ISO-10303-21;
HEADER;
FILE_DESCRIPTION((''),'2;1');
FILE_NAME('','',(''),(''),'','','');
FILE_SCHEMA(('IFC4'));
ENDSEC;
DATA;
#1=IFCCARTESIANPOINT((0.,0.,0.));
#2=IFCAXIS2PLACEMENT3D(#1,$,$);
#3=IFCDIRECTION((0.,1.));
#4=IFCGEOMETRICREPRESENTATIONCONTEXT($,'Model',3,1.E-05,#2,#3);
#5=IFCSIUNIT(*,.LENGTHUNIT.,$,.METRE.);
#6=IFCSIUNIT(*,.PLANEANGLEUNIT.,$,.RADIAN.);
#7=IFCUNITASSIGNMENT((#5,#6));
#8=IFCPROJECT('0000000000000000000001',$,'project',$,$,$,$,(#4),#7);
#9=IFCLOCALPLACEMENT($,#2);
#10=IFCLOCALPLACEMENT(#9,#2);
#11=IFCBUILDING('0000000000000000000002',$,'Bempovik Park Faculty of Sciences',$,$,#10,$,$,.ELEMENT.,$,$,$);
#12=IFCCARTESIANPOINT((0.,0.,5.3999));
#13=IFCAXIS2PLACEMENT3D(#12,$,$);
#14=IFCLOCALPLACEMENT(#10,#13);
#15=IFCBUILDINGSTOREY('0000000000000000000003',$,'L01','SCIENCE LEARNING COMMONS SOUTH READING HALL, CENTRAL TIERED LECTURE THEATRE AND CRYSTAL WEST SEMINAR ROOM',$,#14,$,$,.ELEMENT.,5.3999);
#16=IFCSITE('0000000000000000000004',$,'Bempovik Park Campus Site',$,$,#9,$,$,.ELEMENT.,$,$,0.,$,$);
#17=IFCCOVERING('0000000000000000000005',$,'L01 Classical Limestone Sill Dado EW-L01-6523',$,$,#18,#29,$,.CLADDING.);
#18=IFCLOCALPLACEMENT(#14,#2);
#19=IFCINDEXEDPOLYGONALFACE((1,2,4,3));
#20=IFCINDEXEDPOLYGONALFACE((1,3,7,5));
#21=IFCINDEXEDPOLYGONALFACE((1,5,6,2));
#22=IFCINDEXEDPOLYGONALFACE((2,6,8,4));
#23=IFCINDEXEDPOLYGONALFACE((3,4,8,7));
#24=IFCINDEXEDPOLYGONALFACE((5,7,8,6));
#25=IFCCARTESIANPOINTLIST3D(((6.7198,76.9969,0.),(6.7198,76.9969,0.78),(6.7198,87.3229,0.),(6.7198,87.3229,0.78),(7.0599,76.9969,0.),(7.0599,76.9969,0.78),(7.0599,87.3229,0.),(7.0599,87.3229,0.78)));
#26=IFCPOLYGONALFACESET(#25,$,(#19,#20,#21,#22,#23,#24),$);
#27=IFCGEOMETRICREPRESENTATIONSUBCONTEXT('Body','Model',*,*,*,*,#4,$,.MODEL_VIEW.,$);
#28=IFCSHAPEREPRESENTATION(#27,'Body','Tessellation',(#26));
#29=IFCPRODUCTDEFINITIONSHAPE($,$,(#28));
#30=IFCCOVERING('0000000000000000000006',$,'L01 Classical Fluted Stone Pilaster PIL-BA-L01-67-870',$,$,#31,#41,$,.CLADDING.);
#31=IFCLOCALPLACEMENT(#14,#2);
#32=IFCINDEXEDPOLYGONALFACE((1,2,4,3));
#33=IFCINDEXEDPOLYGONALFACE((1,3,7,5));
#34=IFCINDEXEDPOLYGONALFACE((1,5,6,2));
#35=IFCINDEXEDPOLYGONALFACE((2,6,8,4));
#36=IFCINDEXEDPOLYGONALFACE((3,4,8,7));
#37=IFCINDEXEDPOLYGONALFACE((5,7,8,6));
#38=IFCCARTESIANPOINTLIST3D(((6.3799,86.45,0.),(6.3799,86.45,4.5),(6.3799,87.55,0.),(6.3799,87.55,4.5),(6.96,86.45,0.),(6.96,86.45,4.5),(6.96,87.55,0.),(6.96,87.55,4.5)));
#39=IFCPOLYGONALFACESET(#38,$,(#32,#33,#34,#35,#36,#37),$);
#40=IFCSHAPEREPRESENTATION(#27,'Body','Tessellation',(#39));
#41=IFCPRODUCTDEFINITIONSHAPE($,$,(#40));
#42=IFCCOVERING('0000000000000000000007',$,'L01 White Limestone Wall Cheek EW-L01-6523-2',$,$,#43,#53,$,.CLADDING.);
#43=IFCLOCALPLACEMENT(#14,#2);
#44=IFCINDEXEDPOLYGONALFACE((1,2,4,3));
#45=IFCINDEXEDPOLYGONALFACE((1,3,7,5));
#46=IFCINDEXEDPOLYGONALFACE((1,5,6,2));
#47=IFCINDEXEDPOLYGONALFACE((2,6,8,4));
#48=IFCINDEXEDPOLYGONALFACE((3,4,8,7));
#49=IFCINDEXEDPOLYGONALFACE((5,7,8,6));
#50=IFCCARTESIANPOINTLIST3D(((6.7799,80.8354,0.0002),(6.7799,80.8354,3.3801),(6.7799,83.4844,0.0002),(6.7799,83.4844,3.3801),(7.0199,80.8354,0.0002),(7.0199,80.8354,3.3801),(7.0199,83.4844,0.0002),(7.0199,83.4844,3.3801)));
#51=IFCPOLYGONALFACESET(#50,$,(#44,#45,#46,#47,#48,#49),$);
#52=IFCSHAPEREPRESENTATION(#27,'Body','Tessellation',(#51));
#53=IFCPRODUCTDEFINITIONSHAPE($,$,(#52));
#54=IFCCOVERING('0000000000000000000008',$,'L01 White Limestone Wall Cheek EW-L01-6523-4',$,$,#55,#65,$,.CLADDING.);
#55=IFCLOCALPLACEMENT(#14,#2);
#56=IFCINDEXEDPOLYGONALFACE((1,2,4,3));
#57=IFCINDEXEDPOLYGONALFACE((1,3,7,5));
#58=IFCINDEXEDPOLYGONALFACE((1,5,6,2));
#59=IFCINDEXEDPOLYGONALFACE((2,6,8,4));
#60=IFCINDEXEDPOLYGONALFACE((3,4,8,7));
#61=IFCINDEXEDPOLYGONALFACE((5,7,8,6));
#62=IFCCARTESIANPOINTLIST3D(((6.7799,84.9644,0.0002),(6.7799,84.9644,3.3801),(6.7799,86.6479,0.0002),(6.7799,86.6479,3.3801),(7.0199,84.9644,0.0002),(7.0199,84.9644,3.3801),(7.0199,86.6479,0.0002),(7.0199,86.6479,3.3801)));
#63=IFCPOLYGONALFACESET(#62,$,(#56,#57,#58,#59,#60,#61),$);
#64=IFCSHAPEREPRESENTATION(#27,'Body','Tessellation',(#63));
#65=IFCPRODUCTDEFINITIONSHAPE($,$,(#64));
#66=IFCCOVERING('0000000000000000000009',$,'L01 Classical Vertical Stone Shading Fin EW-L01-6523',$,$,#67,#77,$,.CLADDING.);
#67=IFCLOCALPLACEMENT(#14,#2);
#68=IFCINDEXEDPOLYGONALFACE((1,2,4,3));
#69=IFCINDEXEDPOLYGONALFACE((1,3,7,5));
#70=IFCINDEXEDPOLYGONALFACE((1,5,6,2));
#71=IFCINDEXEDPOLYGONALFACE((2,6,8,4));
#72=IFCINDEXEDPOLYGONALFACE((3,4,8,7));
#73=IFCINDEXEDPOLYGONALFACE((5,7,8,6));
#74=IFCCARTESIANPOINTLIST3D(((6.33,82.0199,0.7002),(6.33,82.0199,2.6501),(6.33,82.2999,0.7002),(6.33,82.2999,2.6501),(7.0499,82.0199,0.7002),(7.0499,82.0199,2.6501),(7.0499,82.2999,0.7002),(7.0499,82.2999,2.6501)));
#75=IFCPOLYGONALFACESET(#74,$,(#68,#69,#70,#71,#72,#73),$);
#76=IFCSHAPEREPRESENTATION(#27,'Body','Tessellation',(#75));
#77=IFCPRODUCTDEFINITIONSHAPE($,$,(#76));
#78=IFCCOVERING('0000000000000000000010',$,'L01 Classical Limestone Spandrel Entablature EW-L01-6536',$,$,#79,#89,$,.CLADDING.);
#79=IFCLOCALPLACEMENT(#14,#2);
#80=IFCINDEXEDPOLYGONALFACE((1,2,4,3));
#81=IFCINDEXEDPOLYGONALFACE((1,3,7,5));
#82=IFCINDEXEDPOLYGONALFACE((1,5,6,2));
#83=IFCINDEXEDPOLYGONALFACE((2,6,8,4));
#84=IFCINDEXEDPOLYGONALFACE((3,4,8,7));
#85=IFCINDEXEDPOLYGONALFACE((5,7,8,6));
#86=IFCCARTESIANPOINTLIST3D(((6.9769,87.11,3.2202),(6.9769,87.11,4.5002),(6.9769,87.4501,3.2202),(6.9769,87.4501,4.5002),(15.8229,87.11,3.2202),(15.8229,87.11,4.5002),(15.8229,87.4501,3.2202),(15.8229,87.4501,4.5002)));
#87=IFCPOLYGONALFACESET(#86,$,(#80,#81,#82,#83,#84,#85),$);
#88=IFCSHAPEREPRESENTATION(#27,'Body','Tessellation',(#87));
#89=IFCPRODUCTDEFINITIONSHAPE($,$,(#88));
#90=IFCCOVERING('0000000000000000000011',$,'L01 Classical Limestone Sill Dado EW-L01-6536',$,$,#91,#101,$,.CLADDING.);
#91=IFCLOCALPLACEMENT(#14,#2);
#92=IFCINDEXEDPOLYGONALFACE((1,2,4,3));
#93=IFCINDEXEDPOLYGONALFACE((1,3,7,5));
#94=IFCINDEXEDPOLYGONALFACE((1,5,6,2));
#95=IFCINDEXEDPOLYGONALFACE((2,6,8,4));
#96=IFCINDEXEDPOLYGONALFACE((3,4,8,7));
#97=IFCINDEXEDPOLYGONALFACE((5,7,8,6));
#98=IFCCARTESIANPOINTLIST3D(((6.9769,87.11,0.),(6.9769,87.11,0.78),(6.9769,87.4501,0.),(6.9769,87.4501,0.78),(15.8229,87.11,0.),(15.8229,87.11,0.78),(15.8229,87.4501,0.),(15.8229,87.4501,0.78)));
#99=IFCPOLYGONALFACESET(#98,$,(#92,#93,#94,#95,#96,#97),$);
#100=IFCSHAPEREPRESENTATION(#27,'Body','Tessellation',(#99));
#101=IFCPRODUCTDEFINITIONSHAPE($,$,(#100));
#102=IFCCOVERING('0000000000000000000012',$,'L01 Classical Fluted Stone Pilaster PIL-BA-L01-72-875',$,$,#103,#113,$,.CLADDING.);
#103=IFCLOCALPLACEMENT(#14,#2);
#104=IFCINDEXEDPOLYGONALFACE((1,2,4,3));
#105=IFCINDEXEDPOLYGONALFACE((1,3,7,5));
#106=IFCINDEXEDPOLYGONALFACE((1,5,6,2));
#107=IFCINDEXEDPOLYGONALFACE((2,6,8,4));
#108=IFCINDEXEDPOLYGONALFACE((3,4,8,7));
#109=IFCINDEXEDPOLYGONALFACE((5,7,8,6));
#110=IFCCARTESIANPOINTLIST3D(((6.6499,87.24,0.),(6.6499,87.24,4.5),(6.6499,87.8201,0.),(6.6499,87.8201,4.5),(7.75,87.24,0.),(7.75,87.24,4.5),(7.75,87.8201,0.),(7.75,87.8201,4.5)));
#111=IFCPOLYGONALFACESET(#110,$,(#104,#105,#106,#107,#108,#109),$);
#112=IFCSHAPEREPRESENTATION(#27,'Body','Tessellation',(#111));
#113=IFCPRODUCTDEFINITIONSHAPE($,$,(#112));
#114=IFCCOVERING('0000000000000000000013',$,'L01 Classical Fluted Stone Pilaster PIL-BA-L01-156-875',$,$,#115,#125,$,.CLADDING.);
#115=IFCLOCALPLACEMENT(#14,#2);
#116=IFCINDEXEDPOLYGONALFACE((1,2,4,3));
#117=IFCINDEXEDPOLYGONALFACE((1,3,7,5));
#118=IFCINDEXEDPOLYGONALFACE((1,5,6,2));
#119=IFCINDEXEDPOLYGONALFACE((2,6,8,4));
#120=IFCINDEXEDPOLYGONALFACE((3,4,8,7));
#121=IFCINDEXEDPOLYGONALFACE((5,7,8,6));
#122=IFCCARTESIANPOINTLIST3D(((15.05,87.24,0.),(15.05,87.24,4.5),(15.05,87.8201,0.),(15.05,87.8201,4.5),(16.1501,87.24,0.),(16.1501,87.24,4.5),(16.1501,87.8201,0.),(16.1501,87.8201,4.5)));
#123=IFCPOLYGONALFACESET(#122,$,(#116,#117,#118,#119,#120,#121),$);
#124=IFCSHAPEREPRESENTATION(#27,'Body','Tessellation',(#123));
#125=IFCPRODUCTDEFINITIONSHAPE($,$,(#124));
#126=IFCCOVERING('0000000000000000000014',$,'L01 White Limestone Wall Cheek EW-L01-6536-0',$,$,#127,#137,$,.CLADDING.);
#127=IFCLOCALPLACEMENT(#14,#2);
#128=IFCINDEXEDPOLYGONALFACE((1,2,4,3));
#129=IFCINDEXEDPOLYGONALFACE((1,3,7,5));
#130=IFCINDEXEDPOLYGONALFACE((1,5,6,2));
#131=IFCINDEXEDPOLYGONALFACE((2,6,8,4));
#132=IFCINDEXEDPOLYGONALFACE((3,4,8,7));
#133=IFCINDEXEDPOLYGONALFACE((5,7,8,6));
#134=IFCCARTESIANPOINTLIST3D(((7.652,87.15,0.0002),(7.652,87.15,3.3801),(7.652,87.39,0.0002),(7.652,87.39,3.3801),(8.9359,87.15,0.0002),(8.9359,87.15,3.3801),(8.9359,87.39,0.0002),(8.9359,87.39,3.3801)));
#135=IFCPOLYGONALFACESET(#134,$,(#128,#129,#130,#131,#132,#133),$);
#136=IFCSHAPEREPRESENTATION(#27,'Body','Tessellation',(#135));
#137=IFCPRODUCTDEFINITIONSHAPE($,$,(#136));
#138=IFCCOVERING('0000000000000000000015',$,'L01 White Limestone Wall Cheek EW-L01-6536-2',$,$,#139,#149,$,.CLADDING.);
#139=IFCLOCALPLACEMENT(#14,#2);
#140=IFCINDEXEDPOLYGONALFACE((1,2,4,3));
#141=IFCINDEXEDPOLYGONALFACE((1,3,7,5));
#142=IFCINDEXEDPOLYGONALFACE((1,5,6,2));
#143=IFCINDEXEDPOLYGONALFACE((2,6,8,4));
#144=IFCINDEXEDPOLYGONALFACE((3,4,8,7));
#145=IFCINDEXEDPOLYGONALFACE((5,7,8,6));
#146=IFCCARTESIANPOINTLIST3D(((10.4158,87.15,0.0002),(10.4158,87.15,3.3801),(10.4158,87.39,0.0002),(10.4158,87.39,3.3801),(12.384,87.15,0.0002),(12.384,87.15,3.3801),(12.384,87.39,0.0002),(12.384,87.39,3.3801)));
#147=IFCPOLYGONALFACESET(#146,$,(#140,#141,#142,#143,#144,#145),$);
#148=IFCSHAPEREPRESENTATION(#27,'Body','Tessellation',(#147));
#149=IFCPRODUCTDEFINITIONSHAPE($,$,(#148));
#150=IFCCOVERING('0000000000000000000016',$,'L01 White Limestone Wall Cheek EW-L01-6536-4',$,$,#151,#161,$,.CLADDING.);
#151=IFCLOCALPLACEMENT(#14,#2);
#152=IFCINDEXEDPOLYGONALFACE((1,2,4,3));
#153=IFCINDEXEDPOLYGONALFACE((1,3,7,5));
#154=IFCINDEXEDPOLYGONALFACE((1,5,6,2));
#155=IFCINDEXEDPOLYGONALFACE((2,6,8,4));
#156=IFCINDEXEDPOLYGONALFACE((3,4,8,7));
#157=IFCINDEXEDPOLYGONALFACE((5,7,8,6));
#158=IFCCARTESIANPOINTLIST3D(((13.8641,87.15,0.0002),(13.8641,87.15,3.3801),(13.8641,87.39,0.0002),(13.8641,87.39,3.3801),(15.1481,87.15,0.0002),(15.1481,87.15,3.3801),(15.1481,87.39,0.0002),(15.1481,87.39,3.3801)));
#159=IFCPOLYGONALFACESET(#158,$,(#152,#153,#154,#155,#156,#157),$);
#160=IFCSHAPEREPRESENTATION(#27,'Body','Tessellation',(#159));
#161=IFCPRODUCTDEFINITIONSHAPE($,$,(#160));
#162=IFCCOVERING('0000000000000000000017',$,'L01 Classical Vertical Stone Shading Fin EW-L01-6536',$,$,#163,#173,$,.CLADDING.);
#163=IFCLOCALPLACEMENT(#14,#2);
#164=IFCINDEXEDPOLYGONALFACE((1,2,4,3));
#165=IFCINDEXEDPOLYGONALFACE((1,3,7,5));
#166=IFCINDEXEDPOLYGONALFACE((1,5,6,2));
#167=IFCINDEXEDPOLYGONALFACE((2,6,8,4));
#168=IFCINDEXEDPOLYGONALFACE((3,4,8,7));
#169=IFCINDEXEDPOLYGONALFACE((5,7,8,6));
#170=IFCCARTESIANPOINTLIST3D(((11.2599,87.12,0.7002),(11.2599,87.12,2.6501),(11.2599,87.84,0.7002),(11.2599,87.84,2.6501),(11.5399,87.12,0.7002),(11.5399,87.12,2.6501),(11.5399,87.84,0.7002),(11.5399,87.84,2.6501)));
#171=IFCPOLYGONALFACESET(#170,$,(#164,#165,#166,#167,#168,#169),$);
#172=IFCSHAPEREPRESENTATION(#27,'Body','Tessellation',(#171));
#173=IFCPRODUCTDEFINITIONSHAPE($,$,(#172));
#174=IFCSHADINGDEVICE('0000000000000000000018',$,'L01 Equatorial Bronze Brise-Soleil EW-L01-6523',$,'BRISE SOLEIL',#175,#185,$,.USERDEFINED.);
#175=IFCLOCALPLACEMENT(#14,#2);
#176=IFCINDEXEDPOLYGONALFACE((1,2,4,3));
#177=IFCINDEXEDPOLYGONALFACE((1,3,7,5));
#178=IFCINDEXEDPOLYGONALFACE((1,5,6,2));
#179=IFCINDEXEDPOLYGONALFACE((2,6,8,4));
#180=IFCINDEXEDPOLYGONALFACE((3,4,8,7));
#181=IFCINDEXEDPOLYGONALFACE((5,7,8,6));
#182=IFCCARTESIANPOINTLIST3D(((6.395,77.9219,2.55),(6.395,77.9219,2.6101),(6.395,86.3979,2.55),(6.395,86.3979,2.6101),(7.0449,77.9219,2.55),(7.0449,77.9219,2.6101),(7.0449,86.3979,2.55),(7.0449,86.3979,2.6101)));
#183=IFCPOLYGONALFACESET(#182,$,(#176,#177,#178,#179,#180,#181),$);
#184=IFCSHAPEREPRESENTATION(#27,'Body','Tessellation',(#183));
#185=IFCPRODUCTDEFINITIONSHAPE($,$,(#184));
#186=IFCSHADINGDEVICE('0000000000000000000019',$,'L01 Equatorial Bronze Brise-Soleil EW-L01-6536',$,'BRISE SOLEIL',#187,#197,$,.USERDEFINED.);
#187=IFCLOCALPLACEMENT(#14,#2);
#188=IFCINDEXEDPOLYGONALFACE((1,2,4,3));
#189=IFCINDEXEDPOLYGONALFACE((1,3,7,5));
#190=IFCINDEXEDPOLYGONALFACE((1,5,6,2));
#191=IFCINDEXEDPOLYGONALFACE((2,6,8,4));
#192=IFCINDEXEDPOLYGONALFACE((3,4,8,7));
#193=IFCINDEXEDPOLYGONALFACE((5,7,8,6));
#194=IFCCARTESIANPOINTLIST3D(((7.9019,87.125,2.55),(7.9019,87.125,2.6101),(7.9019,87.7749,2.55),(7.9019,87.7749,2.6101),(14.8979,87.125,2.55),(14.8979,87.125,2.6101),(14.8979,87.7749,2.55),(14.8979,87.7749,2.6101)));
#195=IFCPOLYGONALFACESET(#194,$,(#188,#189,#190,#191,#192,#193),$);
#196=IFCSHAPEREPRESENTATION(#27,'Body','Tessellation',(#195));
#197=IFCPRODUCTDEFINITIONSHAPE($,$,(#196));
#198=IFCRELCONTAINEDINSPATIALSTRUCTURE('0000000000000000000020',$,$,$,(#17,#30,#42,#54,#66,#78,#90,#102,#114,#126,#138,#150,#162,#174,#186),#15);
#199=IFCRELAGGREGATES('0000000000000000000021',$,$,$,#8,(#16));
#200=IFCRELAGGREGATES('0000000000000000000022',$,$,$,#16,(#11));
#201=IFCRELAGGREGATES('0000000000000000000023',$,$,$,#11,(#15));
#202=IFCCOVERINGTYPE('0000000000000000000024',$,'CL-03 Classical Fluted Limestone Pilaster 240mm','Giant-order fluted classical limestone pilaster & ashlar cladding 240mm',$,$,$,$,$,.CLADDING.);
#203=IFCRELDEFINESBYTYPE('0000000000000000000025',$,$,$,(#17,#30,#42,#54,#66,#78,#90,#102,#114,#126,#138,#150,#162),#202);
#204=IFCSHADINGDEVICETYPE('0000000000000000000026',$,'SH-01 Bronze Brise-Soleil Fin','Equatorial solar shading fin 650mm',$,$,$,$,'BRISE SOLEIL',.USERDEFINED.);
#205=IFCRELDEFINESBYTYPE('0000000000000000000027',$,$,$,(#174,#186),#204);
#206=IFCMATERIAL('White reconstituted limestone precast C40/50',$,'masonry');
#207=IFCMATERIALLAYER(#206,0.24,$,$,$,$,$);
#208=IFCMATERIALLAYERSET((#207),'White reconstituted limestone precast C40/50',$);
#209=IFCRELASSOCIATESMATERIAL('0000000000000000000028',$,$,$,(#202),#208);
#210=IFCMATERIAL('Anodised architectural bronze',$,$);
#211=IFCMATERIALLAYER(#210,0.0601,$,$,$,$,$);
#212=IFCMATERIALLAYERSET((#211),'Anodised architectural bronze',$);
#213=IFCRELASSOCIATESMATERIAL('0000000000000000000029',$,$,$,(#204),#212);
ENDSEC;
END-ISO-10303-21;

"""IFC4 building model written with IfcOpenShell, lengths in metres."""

from ifc_helpers import new_model, si_unit, direction, frame, origin, origin_2d, place, context, subcontext, project, spatial, rectangle, extrude, material, layer, layer_set, type_object, element, save


model = new_model("IFC4")

# Units and contexts
model_context = context("Model", 3, precision=1e-05, world=origin(), true_north=direction((0.0, 1.0)))
body_context = subcontext(model_context, "Body", "Model", "MODEL_VIEW")
ifc_project = project(units=[si_unit("LENGTHUNIT", "METRE"), si_unit("PLANEANGLEUNIT", "RADIAN")], contexts=[model_context])

# Site, building, storey
site_placement = place(None, origin())
site = spatial("IfcSite", under=ifc_project, at=site_placement, Name="Bempovik Park Campus Site", CompositionType="ELEMENT", RefElevation=0.0)
building_placement = place(site_placement, origin())
building = spatial("IfcBuilding", under=site, at=building_placement, Name="Bempovik Park Faculty of Sciences", CompositionType="ELEMENT")
storey_placement = place(building_placement, frame((0.0, 0.0, 5.3999)))
storey = spatial("IfcBuildingStorey", under=building, at=storey_placement, Name="L01", Description="SCIENCE LEARNING COMMONS SOUTH READING HALL, CENTRAL TIERED LECTURE THEATRE AND CRYSTAL WEST SEMINAR ROOM", CompositionType="ELEMENT", Elevation=5.3999)

# Coverings
ifc_material_1 = material(Name="White reconstituted limestone precast C40/50", Category="masonry")
ifc_layer_1 = layer(ifc_material_1, 0.24)
ifc_layer_set_1 = layer_set([ifc_layer_1], Name="White reconstituted limestone precast C40/50")
covering_type_1 = type_object("IfcCoveringType", Name="CL-03 Classical Fluted Limestone Pilaster 240mm", Description="Giant-order fluted classical limestone pilaster & ashlar cladding 240mm", PredefinedType="CLADDING", material=ifc_layer_set_1)
covering_1_placement = place(storey_placement, frame((6.8899, 82.1599, 0.0), z_axis=(0.0, 0.0, 1.0), x_axis=(1.0, 0.0, 0.0)))
element("IfcCovering", 1, at=covering_1_placement, inside=storey, type_object=covering_type_1, Name="L01 Classical Limestone Sill Dado EW-L01-6523", PredefinedType="CLADDING", context=body_context, shape_type="SweptSolid", body=[
    extrude(rectangle(XDim=0.3401, YDim=10.3259, at=origin_2d()), origin(), (0.0, 0.0, 1.0), 0.78),
])
covering_2_placement = place(storey_placement, frame((6.6699, 87.0, 0.0), z_axis=(0.0, 0.0, 1.0), x_axis=(1.0, 0.0, 0.0)))
element("IfcCovering", 2, at=covering_2_placement, inside=storey, type_object=covering_type_1, Name="L01 Classical Fluted Stone Pilaster PIL-BA-L01-67-870", PredefinedType="CLADDING", context=body_context, shape_type="SweptSolid", body=[
    extrude(rectangle(XDim=0.5801, YDim=1.1001, at=origin_2d()), origin(), (0.0, 0.0, 1.0), 4.5),
])
covering_3_placement = place(storey_placement, frame((6.8999, 82.1599, 0.0002), z_axis=(0.0, 0.0, 1.0), x_axis=(1.0, 0.0, 0.0)))
element("IfcCovering", 3, at=covering_3_placement, inside=storey, type_object=covering_type_1, Name="L01 White Limestone Wall Cheek EW-L01-6523-2", PredefinedType="CLADDING", context=body_context, shape_type="SweptSolid", body=[
    extrude(rectangle(XDim=0.24, YDim=2.6489, at=origin_2d()), origin(), (0.0, 0.0, 1.0), 3.3799),
])
covering_4_placement = place(storey_placement, frame((6.8999, 85.8062, 0.0002), z_axis=(0.0, 0.0, 1.0), x_axis=(1.0, 0.0, 0.0)))
element("IfcCovering", 4, at=covering_4_placement, inside=storey, type_object=covering_type_1, Name="L01 White Limestone Wall Cheek EW-L01-6523-4", PredefinedType="CLADDING", context=body_context, shape_type="SweptSolid", body=[
    extrude(rectangle(XDim=0.24, YDim=1.6836, at=origin_2d()), origin(), (0.0, 0.0, 1.0), 3.3799),
])
covering_5_placement = place(storey_placement, frame((6.6899, 82.1599, 0.7002), z_axis=(0.0, 0.0, 1.0), x_axis=(1.0, 0.0, 0.0)))
element("IfcCovering", 5, at=covering_5_placement, inside=storey, type_object=covering_type_1, Name="L01 Classical Vertical Stone Shading Fin EW-L01-6523", PredefinedType="CLADDING", context=body_context, shape_type="SweptSolid", body=[
    extrude(rectangle(XDim=0.72, YDim=0.28, at=origin_2d()), origin(), (0.0, 0.0, 1.0), 1.95),
])
covering_6_placement = place(storey_placement, frame((11.3999, 87.28, 3.2202), z_axis=(0.0, 0.0, 1.0), x_axis=(1.0, 0.0, 0.0)))
element("IfcCovering", 6, at=covering_6_placement, inside=storey, type_object=covering_type_1, Name="L01 Classical Limestone Spandrel Entablature EW-L01-6536", PredefinedType="CLADDING", context=body_context, shape_type="SweptSolid", body=[
    extrude(rectangle(XDim=8.8459, YDim=0.3401, at=origin_2d()), origin(), (0.0, 0.0, 1.0), 1.28),
])
covering_7_placement = place(storey_placement, frame((11.3999, 87.28, 0.0), z_axis=(0.0, 0.0, 1.0), x_axis=(1.0, 0.0, 0.0)))
element("IfcCovering", 7, at=covering_7_placement, inside=storey, type_object=covering_type_1, Name="L01 Classical Limestone Sill Dado EW-L01-6536", PredefinedType="CLADDING", context=body_context, shape_type="SweptSolid", body=[
    extrude(rectangle(XDim=8.8459, YDim=0.3401, at=origin_2d()), origin(), (0.0, 0.0, 1.0), 0.78),
])
for number, where, z_axis, x_axis, name in (
    (8, (7.2, 87.53, 0.0), (0.0, 0.0, 1.0), (1.0, 0.0, 0.0), "L01 Classical Fluted Stone Pilaster PIL-BA-L01-72-875"),
    (9, (15.6001, 87.53, 0.0), (0.0, 0.0, 1.0), (1.0, 0.0, 0.0), "L01 Classical Fluted Stone Pilaster PIL-BA-L01-156-875"),
):
    element("IfcCovering", number, at=place(storey_placement, frame(where, z_axis=z_axis, x_axis=x_axis)), inside=storey, type_object=covering_type_1, Name=name, PredefinedType="CLADDING", context=body_context, shape_type="SweptSolid", body=[
        extrude(rectangle(XDim=1.1001, YDim=0.5801, at=origin_2d()), origin(), (0.0, 0.0, 1.0), 4.5),
    ])
covering_8_placement = place(storey_placement, frame((8.2939, 87.27, 0.0002), z_axis=(0.0, 0.0, 1.0), x_axis=(1.0, 0.0, 0.0)))
element("IfcCovering", 10, at=covering_8_placement, inside=storey, type_object=covering_type_1, Name="L01 White Limestone Wall Cheek EW-L01-6536-0", PredefinedType="CLADDING", context=body_context, shape_type="SweptSolid", body=[
    extrude(rectangle(XDim=1.2839, YDim=0.24, at=origin_2d()), origin(), (0.0, 0.0, 1.0), 3.3799),
])
covering_9_placement = place(storey_placement, frame((11.3999, 87.27, 0.0002), z_axis=(0.0, 0.0, 1.0), x_axis=(1.0, 0.0, 0.0)))
element("IfcCovering", 11, at=covering_9_placement, inside=storey, type_object=covering_type_1, Name="L01 White Limestone Wall Cheek EW-L01-6536-2", PredefinedType="CLADDING", context=body_context, shape_type="SweptSolid", body=[
    extrude(rectangle(XDim=1.9683, YDim=0.24, at=origin_2d()), origin(), (0.0, 0.0, 1.0), 3.3799),
])
covering_10_placement = place(storey_placement, frame((14.5061, 87.27, 0.0002), z_axis=(0.0, 0.0, 1.0), x_axis=(1.0, 0.0, 0.0)))
element("IfcCovering", 12, at=covering_10_placement, inside=storey, type_object=covering_type_1, Name="L01 White Limestone Wall Cheek EW-L01-6536-4", PredefinedType="CLADDING", context=body_context, shape_type="SweptSolid", body=[
    extrude(rectangle(XDim=1.2839, YDim=0.24, at=origin_2d()), origin(), (0.0, 0.0, 1.0), 3.3799),
])
covering_11_placement = place(storey_placement, frame((11.3999, 87.48, 0.7002), z_axis=(0.0, 0.0, 1.0), x_axis=(1.0, 0.0, 0.0)))
element("IfcCovering", 13, at=covering_11_placement, inside=storey, type_object=covering_type_1, Name="L01 Classical Vertical Stone Shading Fin EW-L01-6536", PredefinedType="CLADDING", context=body_context, shape_type="SweptSolid", body=[
    extrude(rectangle(XDim=0.28, YDim=0.72, at=origin_2d()), origin(), (0.0, 0.0, 1.0), 1.95),
])

# Shading devices
ifc_material_2 = material(Name="Anodised architectural bronze")
ifc_layer_2 = layer(ifc_material_2, 0.0601)
ifc_layer_set_2 = layer_set([ifc_layer_2], Name="Anodised architectural bronze")
shading_device_type = type_object("IfcShadingDeviceType", Name="SH-01 Bronze Brise-Soleil Fin", Description="Equatorial solar shading fin 650mm", ElementType="BRISE SOLEIL", PredefinedType="USERDEFINED", material=ifc_layer_set_2)
shading_device_1_placement = place(storey_placement, frame((6.72, 82.1599, 2.55), z_axis=(0.0, 0.0, 1.0), x_axis=(1.0, 0.0, 0.0)))
element("IfcShadingDevice", 14, at=shading_device_1_placement, inside=storey, type_object=shading_device_type, Name="L01 Equatorial Bronze Brise-Soleil EW-L01-6523", ObjectType="BRISE SOLEIL", PredefinedType="USERDEFINED", context=body_context, shape_type="SweptSolid", body=[
    extrude(rectangle(XDim=0.6499, YDim=8.4761, at=origin_2d()), origin(), (0.0, 0.0, 1.0), 0.0601),
])
shading_device_2_placement = place(storey_placement, frame((11.3999, 87.45, 2.55), z_axis=(0.0, 0.0, 1.0), x_axis=(1.0, 0.0, 0.0)))
element("IfcShadingDevice", 15, at=shading_device_2_placement, inside=storey, type_object=shading_device_type, Name="L01 Equatorial Bronze Brise-Soleil EW-L01-6536", ObjectType="BRISE SOLEIL", PredefinedType="USERDEFINED", context=body_context, shape_type="SweptSolid", body=[
    extrude(rectangle(XDim=6.9961, YDim=0.6499, at=origin_2d()), origin(), (0.0, 0.0, 1.0), 0.0601),
])

save(model, "model.ifc")
